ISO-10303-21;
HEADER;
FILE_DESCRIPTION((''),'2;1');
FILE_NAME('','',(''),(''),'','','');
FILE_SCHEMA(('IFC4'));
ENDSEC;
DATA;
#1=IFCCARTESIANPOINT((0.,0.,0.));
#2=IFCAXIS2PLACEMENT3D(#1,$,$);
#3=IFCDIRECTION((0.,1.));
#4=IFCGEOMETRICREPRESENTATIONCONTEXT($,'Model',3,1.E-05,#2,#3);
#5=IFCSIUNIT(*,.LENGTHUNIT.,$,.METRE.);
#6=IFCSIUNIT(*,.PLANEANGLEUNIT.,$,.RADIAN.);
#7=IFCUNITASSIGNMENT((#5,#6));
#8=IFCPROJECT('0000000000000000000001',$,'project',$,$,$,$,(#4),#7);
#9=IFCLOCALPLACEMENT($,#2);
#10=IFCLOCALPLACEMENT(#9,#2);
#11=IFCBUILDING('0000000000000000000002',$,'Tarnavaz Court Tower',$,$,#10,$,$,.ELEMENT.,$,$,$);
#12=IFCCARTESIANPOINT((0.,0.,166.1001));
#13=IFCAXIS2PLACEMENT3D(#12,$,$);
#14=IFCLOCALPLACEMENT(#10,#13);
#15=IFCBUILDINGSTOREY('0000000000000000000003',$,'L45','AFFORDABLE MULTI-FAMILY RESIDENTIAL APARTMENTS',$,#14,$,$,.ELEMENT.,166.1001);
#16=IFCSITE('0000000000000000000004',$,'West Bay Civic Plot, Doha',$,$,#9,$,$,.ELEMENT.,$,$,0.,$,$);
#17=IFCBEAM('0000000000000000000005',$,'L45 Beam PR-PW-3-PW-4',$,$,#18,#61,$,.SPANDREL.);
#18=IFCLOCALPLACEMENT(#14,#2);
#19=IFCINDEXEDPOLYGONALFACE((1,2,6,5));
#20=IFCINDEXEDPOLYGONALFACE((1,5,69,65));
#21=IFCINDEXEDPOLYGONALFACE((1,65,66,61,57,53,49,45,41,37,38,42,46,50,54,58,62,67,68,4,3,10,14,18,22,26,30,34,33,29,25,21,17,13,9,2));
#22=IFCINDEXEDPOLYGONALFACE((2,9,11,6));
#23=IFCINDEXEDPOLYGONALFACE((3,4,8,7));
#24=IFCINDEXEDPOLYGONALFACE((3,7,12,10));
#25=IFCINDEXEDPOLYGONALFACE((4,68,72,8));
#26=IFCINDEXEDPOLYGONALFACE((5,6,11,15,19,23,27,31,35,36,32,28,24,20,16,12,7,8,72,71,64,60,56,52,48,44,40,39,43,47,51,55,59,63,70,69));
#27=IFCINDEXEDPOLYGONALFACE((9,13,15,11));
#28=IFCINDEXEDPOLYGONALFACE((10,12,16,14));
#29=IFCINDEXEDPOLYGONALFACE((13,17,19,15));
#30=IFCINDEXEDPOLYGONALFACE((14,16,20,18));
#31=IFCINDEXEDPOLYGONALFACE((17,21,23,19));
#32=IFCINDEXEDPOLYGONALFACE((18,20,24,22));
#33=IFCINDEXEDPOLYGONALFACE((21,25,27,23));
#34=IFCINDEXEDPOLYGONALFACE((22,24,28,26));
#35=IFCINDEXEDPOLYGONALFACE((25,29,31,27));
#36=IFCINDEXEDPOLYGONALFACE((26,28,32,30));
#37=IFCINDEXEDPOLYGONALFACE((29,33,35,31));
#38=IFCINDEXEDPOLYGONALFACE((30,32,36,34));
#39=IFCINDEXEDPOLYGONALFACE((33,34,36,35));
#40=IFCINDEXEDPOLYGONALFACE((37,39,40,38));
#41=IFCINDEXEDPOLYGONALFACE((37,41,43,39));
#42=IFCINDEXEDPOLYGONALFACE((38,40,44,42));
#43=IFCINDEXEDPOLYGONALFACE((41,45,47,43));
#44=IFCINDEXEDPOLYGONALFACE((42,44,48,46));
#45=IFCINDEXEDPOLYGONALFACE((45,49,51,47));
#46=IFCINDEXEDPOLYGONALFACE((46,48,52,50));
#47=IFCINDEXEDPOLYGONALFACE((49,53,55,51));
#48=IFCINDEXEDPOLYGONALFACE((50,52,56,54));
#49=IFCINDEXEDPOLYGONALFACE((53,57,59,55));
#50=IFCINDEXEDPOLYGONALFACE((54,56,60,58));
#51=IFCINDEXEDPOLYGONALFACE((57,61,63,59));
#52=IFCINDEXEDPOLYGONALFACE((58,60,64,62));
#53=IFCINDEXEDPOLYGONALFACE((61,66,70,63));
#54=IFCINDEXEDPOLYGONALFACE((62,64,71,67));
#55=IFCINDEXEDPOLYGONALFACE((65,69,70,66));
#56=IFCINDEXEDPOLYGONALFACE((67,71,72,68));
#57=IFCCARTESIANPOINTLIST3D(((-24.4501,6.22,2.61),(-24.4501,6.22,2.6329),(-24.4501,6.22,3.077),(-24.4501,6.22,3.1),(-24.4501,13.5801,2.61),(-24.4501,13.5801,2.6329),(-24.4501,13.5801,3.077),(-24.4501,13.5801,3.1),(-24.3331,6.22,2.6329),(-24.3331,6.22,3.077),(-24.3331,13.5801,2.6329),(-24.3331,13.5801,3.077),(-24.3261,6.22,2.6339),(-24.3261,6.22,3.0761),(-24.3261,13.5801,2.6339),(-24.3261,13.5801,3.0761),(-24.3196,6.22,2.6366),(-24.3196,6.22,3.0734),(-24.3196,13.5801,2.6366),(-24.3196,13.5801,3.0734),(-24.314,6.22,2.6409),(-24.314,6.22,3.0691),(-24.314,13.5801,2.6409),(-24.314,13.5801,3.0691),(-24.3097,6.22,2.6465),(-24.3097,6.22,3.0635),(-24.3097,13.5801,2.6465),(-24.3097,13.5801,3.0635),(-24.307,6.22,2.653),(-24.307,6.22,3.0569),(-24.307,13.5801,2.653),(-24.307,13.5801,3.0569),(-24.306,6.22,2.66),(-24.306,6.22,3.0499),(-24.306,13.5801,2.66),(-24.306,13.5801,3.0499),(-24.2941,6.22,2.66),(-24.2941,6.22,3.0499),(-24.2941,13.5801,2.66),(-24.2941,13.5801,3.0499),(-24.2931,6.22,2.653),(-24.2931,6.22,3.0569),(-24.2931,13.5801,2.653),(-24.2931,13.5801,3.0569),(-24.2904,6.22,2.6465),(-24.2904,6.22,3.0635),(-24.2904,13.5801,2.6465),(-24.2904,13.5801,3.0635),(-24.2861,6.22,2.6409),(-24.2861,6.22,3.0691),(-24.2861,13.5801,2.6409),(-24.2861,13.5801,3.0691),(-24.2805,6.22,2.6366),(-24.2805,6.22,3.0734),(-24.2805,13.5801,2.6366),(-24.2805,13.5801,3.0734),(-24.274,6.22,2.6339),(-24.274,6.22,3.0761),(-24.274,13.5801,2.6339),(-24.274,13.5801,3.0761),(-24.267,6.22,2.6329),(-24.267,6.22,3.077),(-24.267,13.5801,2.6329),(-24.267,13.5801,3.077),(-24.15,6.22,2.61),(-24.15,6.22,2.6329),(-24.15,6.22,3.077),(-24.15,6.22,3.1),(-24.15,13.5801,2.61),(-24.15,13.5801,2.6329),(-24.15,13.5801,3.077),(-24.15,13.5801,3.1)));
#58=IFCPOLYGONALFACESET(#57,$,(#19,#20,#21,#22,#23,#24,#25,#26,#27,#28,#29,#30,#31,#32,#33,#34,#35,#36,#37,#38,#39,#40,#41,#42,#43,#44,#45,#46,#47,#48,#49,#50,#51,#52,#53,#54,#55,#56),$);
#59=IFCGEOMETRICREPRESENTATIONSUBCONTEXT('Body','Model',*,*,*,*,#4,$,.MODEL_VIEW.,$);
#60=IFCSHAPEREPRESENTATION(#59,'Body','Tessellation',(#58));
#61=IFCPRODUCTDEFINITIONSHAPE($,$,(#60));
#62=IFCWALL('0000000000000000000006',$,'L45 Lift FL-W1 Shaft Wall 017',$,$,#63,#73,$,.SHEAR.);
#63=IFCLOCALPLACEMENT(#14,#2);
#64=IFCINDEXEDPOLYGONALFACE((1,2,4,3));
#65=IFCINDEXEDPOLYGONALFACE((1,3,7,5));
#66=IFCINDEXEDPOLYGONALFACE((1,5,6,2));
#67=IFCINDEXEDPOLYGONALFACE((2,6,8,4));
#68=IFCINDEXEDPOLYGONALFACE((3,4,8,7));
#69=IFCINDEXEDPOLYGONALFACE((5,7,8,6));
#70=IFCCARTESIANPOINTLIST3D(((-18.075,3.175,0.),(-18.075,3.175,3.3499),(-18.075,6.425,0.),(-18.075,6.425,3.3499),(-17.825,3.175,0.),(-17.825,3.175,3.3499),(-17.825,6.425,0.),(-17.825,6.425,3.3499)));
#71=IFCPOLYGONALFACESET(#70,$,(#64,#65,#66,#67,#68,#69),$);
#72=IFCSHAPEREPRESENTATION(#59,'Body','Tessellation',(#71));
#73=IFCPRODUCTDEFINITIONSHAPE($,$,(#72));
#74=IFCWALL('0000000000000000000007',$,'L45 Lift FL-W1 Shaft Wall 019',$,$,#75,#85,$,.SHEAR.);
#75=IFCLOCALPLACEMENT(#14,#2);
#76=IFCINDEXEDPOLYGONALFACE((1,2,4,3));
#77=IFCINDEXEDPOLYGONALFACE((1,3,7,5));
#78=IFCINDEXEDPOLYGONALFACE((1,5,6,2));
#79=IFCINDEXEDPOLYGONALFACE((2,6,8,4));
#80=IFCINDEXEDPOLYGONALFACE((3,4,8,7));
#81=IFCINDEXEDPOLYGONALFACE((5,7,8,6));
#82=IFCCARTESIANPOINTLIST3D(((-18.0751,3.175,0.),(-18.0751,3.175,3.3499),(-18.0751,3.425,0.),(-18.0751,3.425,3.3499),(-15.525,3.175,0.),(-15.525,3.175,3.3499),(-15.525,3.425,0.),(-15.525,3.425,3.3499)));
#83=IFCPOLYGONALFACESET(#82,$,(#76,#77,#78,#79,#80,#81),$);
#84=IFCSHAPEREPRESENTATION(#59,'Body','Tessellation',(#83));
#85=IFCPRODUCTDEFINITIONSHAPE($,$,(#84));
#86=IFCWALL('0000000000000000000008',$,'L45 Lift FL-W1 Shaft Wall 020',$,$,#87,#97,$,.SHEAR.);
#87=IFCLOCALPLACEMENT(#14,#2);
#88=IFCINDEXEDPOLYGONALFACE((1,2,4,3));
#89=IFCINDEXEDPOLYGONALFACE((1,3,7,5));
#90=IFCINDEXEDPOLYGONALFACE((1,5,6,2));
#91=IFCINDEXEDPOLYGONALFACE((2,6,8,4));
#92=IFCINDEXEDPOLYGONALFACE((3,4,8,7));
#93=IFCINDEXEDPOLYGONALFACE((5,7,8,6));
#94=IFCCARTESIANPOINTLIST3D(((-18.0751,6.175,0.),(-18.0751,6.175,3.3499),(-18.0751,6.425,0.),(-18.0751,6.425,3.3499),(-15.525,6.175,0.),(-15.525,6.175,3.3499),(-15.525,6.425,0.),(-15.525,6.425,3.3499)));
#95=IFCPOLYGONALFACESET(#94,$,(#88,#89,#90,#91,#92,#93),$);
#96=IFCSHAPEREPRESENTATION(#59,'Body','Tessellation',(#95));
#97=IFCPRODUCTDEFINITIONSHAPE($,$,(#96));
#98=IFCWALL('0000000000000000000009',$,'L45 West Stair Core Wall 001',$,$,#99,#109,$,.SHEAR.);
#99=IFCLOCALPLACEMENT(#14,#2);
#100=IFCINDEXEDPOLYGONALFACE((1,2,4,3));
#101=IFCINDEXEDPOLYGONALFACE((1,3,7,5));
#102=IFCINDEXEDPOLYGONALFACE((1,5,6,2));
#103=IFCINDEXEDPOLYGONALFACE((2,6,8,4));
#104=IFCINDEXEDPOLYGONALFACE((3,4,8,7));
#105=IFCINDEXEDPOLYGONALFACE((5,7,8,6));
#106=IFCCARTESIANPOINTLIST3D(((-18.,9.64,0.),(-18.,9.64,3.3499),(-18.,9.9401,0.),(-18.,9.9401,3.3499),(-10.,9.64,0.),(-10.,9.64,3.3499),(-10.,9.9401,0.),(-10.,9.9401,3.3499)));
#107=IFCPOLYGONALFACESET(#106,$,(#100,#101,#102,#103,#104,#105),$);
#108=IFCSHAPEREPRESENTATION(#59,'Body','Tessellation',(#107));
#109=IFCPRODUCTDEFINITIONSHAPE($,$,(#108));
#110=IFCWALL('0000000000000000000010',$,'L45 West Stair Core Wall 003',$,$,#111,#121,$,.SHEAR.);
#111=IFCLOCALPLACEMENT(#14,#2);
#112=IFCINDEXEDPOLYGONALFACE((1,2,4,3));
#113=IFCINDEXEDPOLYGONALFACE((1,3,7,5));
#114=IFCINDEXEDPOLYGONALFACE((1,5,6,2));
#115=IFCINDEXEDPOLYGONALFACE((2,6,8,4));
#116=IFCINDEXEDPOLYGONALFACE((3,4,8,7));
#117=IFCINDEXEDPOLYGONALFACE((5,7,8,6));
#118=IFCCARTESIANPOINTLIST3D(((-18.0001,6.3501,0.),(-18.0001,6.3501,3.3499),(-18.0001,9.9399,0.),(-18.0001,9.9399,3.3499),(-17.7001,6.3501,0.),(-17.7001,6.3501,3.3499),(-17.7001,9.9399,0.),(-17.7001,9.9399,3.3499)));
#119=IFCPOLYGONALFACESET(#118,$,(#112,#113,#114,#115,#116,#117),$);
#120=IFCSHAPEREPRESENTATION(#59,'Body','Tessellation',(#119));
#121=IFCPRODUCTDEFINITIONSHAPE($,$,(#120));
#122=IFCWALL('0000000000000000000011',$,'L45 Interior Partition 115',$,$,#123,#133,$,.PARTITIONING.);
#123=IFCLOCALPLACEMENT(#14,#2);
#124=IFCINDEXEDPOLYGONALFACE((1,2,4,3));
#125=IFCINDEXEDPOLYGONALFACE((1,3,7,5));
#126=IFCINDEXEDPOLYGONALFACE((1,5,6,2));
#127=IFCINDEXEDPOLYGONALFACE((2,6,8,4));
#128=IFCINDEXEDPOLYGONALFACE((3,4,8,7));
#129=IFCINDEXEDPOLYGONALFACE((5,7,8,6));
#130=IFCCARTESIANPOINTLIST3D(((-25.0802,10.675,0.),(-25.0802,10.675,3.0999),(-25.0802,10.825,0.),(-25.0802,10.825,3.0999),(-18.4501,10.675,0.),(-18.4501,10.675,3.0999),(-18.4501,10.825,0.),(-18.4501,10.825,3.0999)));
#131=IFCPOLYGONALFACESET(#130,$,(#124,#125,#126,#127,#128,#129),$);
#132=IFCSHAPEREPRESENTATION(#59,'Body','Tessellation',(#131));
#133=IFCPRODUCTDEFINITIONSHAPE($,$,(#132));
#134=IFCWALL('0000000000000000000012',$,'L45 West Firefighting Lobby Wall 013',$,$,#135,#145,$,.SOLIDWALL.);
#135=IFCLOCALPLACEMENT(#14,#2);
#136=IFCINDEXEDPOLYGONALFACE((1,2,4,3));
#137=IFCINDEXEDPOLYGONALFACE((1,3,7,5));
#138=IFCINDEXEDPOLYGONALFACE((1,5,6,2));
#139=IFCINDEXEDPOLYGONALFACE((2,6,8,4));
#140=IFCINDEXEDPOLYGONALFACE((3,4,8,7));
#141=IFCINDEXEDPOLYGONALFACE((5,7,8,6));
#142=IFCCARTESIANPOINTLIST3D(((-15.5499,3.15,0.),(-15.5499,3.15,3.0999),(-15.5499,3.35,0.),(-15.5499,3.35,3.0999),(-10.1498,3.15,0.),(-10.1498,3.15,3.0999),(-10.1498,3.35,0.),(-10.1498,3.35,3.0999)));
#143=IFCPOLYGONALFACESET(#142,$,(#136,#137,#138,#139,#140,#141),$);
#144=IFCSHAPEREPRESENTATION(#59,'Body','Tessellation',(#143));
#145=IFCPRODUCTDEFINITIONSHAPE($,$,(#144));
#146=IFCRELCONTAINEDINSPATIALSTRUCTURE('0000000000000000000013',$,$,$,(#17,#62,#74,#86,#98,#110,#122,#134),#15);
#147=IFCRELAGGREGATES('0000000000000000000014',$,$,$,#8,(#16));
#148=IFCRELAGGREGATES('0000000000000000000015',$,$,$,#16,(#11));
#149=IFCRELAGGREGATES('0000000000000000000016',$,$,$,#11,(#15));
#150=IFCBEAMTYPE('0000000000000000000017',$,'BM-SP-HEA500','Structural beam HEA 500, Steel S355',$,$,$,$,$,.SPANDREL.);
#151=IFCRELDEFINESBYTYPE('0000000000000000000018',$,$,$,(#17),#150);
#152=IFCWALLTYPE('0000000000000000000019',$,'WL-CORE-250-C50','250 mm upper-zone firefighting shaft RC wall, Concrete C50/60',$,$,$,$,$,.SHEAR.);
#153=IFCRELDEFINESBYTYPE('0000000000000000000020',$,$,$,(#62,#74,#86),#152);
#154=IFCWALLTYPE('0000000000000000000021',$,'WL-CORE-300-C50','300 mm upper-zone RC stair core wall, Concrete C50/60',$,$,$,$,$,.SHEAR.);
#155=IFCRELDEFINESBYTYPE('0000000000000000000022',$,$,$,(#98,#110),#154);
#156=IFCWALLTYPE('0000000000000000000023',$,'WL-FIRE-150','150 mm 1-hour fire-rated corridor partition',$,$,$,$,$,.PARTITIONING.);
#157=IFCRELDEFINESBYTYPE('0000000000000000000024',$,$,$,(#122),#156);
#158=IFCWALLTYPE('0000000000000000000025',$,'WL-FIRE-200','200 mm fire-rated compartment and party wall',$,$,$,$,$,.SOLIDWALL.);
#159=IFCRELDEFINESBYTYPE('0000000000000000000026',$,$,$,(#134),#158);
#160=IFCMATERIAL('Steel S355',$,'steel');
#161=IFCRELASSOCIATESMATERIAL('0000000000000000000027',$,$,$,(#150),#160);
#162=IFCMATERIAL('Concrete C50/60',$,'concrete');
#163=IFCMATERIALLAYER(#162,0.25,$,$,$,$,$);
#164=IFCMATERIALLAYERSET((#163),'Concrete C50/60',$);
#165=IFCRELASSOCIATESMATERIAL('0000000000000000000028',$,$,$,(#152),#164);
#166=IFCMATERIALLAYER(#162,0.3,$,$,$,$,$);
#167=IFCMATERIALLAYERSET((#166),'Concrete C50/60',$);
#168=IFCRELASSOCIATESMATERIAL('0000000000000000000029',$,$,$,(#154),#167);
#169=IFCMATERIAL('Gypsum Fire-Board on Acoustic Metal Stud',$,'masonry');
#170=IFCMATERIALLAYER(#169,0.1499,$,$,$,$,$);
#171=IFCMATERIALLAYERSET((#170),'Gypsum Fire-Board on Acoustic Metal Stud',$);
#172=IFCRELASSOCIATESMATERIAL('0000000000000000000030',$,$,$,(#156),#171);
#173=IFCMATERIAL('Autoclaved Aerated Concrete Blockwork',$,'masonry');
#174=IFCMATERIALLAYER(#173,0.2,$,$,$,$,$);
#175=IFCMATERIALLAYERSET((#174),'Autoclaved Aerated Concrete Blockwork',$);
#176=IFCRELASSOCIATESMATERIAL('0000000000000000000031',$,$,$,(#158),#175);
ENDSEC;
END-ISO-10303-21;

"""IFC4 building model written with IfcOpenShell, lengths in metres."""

from ifc_helpers import new_model, si_unit, direction, frame, frame_2d, origin, origin_2d, place, context, subcontext, project, spatial, rectangle, i_section, extrude, material, layer, layer_set, material_profile, profile_set, type_object, element, save


model = new_model("IFC4")

# Units and contexts
model_context = context("Model", 3, precision=1e-05, world=origin(), true_north=direction((0.0, 1.0)))
body_context = subcontext(model_context, "Body", "Model", "MODEL_VIEW")
ifc_project = project(units=[si_unit("LENGTHUNIT", "METRE"), si_unit("PLANEANGLEUNIT", "RADIAN")], contexts=[model_context])

# Site, building, storey
site_placement = place(None, origin())
site = spatial("IfcSite", under=ifc_project, at=site_placement, Name="West Bay Civic Plot, Doha", CompositionType="ELEMENT", RefElevation=0.0)
building_placement = place(site_placement, origin())
building = spatial("IfcBuilding", under=site, at=building_placement, Name="Tarnavaz Court Tower", CompositionType="ELEMENT")
storey_placement = place(building_placement, frame((0.0, 0.0, 166.1001)))
storey = spatial("IfcBuildingStorey", under=building, at=storey_placement, Name="L45", Description="AFFORDABLE MULTI-FAMILY RESIDENTIAL APARTMENTS", CompositionType="ELEMENT", Elevation=166.1001)

# Shared definitions
ifc_material_1 = material(Name="Concrete C50/60", Category="concrete")

# Beam
ifc_material_2 = material(Name="Steel S355", Category="steel")
ifc_material_profile_1 = material_profile(ifc_material_2, i_section(OverallWidth=0.3, OverallDepth=0.49, WebThickness=0.012, FlangeThickness=0.0229, FilletRadius=0.0271, at=origin_2d()), Name="HEA 500")
ifc_profile_set_1 = profile_set([ifc_material_profile_1], Name="Steel S355")
beam_type_1 = type_object("IfcBeamType", Name="BM-SP-HEA500", Description="Structural beam HEA 500, Steel S355", PredefinedType="SPANDREL", material=ifc_profile_set_1)
beam_1_placement = place(storey_placement, frame((-24.3, 6.22, 2.855), z_axis=(0.0, 1.0, 0.0), x_axis=(-1.0, 0.0, 0.0)))
element("IfcBeam", 1, at=beam_1_placement, inside=storey, type_object=beam_type_1, Name="L45 Beam PR-PW-3-PW-4", PredefinedType="SPANDREL", context=body_context, shape_type="SweptSolid", body=[
    extrude(i_section(OverallWidth=0.3, OverallDepth=0.49, WebThickness=0.012, FlangeThickness=0.0229, FilletRadius=0.0271, at=origin_2d()), origin(), (0.0, 0.0, 1.0), 7.3601),
])

# Wall
ifc_layer_1 = layer(ifc_material_1, 0.25)
ifc_layer_set_1 = layer_set([ifc_layer_1], Name="Concrete C50/60")
wall_type_1 = type_object("IfcWallType", Name="WL-CORE-250-C50", Description="250 mm upper-zone firefighting shaft RC wall, Concrete C50/60", PredefinedType="SHEAR", material=ifc_layer_set_1)
wall_1_placement = place(storey_placement, frame((-17.95, 3.175, 0.0), z_axis=(0.0, 0.0, 1.0), x_axis=(0.0, 1.0, 0.0)))
element("IfcWall", 2, at=wall_1_placement, inside=storey, type_object=wall_type_1, Name="L45 Lift FL-W1 Shaft Wall 017", PredefinedType="SHEAR", context=body_context, shape_type="SweptSolid", body=[
    extrude(rectangle(XDim=3.25, YDim=0.25, at=frame_2d((1.625, 0.0))), origin(), (0.0, 0.0, 1.0), 3.3499),
])

# Walls
for number, where, z_axis, x_axis, name in (
    (3, (-18.075, 3.3, 0.0), (0.0, 0.0, 1.0), (1.0, 0.0, 0.0), "L45 Lift FL-W1 Shaft Wall 019"),
    (4, (-18.075, 6.3, 0.0), (0.0, 0.0, 1.0), (1.0, 0.0, 0.0), "L45 Lift FL-W1 Shaft Wall 020"),
):
    element("IfcWall", number, at=place(storey_placement, frame(where, z_axis=z_axis, x_axis=x_axis)), inside=storey, type_object=wall_type_1, Name=name, PredefinedType="SHEAR", context=body_context, shape_type="SweptSolid", body=[
        extrude(rectangle(XDim=2.55, YDim=0.25, at=frame_2d((1.2749, 0.0))), origin(), (0.0, 0.0, 1.0), 3.3499),
    ])
ifc_layer_2 = layer(ifc_material_1, 0.3)
ifc_layer_set_2 = layer_set([ifc_layer_2], Name="Concrete C50/60")
wall_type_2 = type_object("IfcWallType", Name="WL-CORE-300-C50", Description="300 mm upper-zone RC stair core wall, Concrete C50/60", PredefinedType="SHEAR", material=ifc_layer_set_2)
wall_2_placement = place(storey_placement, frame((-18.0, 9.79, 0.0), z_axis=(0.0, 0.0, 1.0), x_axis=(1.0, 0.0, 0.0)))
element("IfcWall", 5, at=wall_2_placement, inside=storey, type_object=wall_type_2, Name="L45 West Stair Core Wall 001", PredefinedType="SHEAR", context=body_context, shape_type="SweptSolid", body=[
    extrude(rectangle(XDim=8.0, YDim=0.3, at=frame_2d((4.0, 0.0))), origin(), (0.0, 0.0, 1.0), 3.3499),
])

# Walls
wall_3_placement = place(storey_placement, frame((-17.8501, 6.3501, 0.0), z_axis=(0.0, 0.0, 1.0), x_axis=(0.0, 1.0, 0.0)))
element("IfcWall", 6, at=wall_3_placement, inside=storey, type_object=wall_type_2, Name="L45 West Stair Core Wall 003", PredefinedType="SHEAR", context=body_context, shape_type="SweptSolid", body=[
    extrude(rectangle(XDim=3.5898, YDim=0.3, at=frame_2d((1.7949, 0.0))), origin(), (0.0, 0.0, 1.0), 3.3499),
])
ifc_material_3 = material(Name="Gypsum Fire-Board on Acoustic Metal Stud", Category="masonry")
ifc_layer_3 = layer(ifc_material_3, 0.1499)
ifc_layer_set_3 = layer_set([ifc_layer_3], Name="Gypsum Fire-Board on Acoustic Metal Stud")
wall_type_3 = type_object("IfcWallType", Name="WL-FIRE-150", Description="150 mm 1-hour fire-rated corridor partition", PredefinedType="PARTITIONING", material=ifc_layer_set_3)
wall_4_placement = place(storey_placement, frame((-25.0801, 10.75, 0.0), z_axis=(0.0, 0.0, 1.0), x_axis=(1.0, 0.0, 0.0)))
element("IfcWall", 7, at=wall_4_placement, inside=storey, type_object=wall_type_3, Name="L45 Interior Partition 115", PredefinedType="PARTITIONING", context=body_context, shape_type="SweptSolid", body=[
    extrude(rectangle(XDim=6.6301, YDim=0.1499, at=frame_2d((3.3149, 0.0))), origin(), (0.0, 0.0, 1.0), 3.0999),
])
ifc_material_4 = material(Name="Autoclaved Aerated Concrete Blockwork", Category="masonry")
ifc_layer_4 = layer(ifc_material_4, 0.2)
ifc_layer_set_4 = layer_set([ifc_layer_4], Name="Autoclaved Aerated Concrete Blockwork")
wall_type_4 = type_object("IfcWallType", Name="WL-FIRE-200", Description="200 mm fire-rated compartment and party wall", PredefinedType="SOLIDWALL", material=ifc_layer_set_4)
wall_5_placement = place(storey_placement, frame((-15.55, 3.25, 0.0), z_axis=(0.0, 0.0, 1.0), x_axis=(1.0, 0.0, 0.0)))
element("IfcWall", 8, at=wall_5_placement, inside=storey, type_object=wall_type_4, Name="L45 West Firefighting Lobby Wall 013", PredefinedType="SOLIDWALL", context=body_context, shape_type="SweptSolid", body=[
    extrude(rectangle(XDim=5.4001, YDim=0.2, at=frame_2d((2.7002, 0.0))), origin(), (0.0, 0.0, 1.0), 3.0999),
])

save(model, "model.ifc")
